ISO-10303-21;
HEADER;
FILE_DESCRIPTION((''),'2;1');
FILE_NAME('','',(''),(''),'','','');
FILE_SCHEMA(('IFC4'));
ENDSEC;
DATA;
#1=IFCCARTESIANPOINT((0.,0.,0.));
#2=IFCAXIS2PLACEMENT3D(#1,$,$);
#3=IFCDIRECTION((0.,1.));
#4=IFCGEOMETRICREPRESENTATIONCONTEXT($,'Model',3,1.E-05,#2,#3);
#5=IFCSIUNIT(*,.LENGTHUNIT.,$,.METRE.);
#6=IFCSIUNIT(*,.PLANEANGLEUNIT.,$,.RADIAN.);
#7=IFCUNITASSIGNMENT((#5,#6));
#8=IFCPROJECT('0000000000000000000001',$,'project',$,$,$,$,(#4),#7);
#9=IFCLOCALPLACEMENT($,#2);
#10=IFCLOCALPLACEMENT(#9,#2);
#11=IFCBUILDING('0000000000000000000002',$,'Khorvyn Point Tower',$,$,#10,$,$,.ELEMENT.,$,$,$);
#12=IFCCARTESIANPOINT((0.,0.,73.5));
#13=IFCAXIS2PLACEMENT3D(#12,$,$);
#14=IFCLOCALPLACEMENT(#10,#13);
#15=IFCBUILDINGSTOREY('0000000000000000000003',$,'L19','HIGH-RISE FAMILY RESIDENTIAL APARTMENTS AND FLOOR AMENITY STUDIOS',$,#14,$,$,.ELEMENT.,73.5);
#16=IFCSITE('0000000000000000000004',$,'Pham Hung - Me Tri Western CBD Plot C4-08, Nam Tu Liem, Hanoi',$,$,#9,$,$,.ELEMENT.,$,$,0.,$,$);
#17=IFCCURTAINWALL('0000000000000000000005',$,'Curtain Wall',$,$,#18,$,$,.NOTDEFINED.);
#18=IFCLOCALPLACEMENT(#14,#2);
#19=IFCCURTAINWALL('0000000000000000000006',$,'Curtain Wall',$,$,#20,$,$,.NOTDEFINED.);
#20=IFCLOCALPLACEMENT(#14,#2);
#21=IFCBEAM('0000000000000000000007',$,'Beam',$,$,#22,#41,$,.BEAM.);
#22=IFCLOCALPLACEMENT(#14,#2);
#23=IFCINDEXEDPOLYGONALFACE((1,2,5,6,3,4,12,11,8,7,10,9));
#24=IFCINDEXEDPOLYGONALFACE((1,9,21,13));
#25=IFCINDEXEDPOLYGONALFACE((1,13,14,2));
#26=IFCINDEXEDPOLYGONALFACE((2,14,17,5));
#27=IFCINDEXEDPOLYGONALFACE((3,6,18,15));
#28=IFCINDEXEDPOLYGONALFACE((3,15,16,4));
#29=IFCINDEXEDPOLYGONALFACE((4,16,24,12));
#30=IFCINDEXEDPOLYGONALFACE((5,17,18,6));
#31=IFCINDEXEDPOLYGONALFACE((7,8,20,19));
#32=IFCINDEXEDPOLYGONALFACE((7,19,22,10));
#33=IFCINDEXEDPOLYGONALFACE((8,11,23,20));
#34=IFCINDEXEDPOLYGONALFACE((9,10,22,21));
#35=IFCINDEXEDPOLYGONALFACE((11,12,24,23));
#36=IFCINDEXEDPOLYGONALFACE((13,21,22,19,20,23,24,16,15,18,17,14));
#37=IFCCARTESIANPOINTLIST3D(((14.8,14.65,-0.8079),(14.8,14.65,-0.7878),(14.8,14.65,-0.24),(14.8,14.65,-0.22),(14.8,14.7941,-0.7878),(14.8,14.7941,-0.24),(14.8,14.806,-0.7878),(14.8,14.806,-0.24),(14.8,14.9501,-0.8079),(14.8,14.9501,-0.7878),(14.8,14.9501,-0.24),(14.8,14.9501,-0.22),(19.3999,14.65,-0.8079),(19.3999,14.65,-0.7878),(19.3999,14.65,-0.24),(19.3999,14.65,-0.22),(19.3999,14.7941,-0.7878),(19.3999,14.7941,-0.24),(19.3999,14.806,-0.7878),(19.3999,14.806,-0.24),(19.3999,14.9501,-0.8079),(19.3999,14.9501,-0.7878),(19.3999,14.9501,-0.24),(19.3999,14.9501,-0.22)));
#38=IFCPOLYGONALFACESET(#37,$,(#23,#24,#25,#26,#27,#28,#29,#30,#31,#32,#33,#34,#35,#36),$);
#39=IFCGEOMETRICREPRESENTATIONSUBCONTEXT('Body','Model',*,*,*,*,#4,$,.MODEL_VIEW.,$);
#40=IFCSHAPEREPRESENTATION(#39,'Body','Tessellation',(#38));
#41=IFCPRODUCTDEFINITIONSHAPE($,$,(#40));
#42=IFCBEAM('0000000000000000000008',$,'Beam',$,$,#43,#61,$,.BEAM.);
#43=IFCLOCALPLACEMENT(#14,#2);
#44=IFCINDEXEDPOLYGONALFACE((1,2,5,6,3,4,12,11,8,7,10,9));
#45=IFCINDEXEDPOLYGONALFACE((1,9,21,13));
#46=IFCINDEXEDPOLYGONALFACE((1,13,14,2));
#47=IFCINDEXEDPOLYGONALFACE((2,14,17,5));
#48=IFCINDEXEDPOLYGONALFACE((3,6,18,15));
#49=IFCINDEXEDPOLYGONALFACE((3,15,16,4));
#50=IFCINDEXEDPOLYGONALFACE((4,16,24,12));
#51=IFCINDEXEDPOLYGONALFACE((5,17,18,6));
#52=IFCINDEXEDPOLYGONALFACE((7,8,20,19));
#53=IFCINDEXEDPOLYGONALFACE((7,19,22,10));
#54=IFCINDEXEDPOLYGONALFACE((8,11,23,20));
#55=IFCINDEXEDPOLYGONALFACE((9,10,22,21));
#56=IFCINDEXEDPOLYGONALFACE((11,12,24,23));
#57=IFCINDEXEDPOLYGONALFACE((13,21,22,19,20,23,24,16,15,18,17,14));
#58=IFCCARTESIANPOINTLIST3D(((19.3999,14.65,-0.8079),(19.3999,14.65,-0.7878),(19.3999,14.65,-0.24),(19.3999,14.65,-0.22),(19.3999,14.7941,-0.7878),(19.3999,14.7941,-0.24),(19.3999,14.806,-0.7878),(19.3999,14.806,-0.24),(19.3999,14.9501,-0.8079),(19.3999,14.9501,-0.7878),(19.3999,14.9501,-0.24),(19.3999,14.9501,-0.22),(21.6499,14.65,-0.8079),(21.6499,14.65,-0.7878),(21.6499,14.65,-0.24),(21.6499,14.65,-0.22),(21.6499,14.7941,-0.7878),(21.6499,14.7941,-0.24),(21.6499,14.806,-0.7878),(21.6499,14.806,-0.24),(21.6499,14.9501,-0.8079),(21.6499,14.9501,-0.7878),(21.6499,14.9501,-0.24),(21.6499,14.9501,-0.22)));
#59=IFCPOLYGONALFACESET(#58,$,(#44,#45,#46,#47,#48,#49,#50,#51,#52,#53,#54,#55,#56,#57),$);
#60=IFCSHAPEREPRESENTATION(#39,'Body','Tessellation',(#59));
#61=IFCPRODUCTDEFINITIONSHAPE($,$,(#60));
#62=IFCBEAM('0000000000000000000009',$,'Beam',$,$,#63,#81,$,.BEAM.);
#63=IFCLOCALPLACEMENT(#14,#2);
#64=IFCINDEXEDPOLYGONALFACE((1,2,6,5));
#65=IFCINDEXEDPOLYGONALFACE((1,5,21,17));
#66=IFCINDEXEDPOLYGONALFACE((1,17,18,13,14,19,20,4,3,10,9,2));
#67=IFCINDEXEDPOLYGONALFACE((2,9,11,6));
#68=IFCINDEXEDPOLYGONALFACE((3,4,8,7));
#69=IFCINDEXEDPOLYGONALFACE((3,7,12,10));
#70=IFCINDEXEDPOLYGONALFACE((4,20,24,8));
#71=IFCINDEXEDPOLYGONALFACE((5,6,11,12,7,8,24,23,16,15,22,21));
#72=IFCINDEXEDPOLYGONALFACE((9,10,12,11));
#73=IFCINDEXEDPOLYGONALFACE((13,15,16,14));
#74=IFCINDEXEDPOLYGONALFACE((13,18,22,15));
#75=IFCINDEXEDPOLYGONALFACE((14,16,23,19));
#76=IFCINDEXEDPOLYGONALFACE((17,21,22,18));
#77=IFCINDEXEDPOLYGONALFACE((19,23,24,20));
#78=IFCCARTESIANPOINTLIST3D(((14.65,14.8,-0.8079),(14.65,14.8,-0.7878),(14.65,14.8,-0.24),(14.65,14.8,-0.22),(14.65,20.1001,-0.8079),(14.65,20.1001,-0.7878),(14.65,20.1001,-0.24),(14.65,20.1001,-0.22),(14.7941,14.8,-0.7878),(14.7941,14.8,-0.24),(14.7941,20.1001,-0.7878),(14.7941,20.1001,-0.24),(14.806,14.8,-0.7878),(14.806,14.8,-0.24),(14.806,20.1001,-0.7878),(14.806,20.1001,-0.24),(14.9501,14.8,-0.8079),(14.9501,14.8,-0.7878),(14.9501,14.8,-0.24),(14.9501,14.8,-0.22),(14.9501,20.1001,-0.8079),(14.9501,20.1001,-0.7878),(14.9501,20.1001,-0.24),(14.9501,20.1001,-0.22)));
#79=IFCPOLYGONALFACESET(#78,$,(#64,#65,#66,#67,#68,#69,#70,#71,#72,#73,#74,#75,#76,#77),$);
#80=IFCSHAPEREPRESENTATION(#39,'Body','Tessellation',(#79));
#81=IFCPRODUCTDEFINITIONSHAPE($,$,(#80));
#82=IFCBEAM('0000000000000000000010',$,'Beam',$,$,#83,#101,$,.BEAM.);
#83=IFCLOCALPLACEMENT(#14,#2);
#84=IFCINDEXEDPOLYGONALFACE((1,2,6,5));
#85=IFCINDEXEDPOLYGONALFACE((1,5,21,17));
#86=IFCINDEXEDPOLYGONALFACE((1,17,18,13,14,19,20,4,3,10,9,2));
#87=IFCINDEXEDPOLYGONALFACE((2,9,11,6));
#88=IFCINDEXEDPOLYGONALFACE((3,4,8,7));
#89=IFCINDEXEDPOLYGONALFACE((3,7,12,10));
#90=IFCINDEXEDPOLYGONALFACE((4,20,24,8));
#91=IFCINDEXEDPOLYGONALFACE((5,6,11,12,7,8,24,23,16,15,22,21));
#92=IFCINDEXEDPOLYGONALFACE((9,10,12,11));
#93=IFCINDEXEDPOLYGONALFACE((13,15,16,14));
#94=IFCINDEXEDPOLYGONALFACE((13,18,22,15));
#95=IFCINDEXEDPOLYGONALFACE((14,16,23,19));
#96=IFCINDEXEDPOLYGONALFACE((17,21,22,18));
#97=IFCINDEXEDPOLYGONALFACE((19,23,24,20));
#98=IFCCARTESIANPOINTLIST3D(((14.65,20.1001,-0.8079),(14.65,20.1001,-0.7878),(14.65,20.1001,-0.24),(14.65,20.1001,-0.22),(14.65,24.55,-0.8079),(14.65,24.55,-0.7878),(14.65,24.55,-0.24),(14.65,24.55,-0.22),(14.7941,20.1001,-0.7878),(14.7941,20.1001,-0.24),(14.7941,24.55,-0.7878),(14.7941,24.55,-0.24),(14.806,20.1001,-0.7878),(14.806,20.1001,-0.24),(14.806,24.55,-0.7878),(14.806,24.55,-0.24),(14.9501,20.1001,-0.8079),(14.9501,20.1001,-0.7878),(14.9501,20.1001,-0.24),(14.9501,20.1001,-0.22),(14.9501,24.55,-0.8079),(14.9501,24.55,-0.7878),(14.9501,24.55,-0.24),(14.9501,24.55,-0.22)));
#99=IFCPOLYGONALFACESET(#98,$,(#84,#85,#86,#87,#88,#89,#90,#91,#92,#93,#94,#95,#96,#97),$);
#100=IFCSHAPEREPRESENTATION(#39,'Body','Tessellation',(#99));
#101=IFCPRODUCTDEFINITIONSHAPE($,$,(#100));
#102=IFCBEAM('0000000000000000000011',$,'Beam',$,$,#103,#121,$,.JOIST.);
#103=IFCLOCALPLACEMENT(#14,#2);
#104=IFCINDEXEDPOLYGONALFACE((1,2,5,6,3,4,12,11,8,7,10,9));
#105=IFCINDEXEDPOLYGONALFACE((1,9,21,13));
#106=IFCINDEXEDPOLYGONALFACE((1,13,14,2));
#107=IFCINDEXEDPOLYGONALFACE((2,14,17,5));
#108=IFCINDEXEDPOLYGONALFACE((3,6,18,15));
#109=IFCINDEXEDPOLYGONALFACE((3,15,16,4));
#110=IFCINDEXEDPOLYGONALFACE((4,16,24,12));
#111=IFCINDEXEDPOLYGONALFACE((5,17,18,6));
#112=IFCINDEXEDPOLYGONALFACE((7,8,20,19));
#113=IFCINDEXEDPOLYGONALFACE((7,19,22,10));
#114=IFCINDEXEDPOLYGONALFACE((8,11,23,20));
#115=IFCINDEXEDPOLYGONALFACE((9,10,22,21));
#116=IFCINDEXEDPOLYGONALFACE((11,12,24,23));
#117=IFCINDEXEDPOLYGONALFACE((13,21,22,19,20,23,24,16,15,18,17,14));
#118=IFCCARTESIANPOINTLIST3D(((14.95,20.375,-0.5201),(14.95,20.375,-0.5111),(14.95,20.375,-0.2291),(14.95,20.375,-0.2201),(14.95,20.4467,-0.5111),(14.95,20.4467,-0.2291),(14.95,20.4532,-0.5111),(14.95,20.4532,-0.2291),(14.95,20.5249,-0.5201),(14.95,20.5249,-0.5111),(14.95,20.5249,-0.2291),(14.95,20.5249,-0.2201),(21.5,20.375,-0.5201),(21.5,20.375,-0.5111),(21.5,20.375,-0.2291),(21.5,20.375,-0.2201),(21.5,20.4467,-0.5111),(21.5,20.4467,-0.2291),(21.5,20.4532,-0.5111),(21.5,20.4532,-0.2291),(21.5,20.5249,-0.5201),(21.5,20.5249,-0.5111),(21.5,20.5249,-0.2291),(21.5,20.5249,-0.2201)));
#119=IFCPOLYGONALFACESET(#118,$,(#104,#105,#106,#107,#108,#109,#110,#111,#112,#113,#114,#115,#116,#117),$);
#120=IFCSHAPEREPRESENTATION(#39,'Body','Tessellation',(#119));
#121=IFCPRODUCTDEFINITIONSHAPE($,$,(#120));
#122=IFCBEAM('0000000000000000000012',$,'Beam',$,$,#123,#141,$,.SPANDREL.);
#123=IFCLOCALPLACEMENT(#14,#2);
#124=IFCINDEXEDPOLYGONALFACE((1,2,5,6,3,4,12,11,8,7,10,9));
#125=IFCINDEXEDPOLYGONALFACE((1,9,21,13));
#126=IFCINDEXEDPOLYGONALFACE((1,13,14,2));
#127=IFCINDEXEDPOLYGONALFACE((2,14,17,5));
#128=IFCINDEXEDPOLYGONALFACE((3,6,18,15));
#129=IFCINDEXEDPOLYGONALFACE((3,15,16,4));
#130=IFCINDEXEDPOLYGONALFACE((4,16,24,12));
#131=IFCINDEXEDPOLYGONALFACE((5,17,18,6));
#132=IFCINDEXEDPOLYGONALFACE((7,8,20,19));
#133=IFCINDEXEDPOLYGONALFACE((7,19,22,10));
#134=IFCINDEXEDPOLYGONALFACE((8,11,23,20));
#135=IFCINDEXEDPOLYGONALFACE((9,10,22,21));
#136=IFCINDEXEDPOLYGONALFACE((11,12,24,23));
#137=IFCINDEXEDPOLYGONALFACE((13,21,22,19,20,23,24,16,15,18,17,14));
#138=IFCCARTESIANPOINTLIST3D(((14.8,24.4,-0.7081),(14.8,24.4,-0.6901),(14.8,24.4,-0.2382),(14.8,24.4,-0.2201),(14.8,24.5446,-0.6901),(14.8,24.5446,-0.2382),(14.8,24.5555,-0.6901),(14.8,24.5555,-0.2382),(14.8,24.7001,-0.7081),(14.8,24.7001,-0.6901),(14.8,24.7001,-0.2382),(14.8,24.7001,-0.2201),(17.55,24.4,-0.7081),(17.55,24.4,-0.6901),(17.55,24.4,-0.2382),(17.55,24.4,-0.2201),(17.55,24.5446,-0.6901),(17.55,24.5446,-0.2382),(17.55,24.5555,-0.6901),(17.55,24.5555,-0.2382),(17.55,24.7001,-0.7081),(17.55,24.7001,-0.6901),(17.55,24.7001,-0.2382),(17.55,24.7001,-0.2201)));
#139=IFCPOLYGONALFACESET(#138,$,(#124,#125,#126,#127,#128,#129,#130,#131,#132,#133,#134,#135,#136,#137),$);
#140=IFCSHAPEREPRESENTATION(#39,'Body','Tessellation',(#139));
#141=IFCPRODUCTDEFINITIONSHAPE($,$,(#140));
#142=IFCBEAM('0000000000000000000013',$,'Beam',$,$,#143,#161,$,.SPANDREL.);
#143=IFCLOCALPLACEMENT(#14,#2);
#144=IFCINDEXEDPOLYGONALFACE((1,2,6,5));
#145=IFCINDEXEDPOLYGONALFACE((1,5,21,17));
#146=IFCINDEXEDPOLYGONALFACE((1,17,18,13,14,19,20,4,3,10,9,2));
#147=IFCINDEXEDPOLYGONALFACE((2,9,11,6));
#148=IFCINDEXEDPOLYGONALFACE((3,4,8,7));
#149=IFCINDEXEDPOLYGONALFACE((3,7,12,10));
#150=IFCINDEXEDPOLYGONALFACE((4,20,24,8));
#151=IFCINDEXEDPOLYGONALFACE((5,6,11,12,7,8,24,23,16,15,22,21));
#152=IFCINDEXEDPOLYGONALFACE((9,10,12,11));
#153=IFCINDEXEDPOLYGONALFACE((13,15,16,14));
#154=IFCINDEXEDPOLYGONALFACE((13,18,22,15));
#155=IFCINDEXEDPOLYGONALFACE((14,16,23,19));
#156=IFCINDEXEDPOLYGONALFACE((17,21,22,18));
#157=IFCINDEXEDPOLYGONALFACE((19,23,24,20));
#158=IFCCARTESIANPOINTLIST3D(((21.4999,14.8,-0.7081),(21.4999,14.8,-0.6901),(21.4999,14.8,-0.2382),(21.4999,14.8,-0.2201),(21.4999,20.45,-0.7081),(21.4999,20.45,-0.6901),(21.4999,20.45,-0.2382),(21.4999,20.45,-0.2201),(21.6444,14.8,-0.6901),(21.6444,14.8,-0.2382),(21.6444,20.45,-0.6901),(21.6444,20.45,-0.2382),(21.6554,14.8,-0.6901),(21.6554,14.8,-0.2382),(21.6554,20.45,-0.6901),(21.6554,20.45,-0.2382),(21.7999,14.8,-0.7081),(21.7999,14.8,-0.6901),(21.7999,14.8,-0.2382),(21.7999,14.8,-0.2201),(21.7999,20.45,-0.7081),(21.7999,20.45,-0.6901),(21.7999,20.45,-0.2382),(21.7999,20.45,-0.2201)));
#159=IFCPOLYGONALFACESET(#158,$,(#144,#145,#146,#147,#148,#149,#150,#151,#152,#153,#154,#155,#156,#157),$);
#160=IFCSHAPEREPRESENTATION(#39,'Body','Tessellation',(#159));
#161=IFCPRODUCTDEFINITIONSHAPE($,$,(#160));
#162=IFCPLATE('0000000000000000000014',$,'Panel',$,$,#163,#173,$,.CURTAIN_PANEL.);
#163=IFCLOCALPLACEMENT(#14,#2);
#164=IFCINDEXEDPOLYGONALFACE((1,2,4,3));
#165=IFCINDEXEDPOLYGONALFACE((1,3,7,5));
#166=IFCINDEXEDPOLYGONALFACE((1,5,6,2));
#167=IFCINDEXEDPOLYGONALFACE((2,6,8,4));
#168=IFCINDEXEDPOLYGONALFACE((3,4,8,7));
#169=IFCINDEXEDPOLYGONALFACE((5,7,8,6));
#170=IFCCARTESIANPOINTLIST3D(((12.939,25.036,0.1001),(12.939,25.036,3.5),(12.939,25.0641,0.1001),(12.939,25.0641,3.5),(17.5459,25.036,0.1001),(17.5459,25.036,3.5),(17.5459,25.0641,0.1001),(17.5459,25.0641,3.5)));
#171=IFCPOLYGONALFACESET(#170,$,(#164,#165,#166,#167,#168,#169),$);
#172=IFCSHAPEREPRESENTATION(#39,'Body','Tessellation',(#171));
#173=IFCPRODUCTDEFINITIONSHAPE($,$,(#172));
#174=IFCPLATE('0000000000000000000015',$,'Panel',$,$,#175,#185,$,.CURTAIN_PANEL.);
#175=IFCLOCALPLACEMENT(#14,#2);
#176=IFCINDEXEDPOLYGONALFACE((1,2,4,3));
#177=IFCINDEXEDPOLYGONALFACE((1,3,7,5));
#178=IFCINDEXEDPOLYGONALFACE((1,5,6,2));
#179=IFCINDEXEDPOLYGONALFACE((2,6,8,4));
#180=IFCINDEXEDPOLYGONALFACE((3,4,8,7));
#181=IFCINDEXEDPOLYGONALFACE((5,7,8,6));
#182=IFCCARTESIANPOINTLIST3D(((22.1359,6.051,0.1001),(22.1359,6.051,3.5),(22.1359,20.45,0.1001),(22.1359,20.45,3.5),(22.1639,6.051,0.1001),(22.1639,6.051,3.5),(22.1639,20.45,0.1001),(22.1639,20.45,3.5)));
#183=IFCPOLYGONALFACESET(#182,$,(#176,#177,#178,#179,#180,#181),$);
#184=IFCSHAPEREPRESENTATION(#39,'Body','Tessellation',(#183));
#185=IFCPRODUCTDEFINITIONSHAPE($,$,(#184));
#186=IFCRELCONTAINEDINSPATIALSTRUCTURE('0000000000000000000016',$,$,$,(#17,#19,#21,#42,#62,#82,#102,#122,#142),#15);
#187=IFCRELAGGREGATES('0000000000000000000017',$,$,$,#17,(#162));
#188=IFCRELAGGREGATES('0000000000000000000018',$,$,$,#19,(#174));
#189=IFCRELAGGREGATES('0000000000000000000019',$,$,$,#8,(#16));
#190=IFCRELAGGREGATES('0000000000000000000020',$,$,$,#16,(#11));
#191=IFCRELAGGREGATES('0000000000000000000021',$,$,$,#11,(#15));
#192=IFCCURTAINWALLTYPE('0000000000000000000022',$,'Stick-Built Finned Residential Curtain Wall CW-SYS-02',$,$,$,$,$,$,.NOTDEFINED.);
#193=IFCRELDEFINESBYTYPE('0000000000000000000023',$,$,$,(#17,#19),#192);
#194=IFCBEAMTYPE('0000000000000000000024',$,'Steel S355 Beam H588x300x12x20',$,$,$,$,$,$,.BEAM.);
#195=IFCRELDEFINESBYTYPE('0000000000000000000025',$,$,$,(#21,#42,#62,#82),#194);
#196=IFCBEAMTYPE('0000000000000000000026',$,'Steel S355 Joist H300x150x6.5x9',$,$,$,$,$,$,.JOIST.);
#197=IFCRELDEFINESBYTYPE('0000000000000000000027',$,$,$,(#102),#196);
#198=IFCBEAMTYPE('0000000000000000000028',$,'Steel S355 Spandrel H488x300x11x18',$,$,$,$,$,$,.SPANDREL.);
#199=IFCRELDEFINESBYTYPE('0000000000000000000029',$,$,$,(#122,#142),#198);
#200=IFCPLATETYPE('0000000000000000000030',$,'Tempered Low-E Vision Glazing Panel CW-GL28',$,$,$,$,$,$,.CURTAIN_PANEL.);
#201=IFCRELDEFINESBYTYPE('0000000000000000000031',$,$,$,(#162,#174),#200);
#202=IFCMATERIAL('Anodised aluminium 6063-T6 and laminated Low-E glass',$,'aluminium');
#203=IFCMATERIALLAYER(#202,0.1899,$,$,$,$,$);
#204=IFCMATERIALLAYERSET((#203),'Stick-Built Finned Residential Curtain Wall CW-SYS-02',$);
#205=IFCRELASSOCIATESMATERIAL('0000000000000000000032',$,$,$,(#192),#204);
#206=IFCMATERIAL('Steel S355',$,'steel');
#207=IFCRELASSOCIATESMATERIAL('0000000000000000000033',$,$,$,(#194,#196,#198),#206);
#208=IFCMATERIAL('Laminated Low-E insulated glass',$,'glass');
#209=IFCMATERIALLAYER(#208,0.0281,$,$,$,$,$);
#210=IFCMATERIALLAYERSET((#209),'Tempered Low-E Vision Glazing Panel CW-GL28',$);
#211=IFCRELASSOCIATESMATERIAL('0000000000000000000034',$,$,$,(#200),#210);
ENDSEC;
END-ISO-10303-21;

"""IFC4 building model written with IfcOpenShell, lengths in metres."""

from ifc_helpers import new_model, si_unit, direction, frame, origin, origin_2d, place, context, subcontext, project, spatial, rectangle, i_section, extrude, material, layer, layer_set, material_profile, profile_set, type_object, element, aggregate, save


model = new_model("IFC4")

# Units and contexts
model_context = context("Model", 3, precision=1e-05, world=origin(), true_north=direction((0.0, 1.0)))
body_context = subcontext(model_context, "Body", "Model", "MODEL_VIEW")
ifc_project = project(units=[si_unit("LENGTHUNIT", "METRE"), si_unit("PLANEANGLEUNIT", "RADIAN")], contexts=[model_context])

# Site, building, storey
site_placement = place(None, origin())
site = spatial("IfcSite", under=ifc_project, at=site_placement, Name="Pham Hung - Me Tri Western CBD Plot C4-08, Nam Tu Liem, Hanoi", CompositionType="ELEMENT", RefElevation=0.0)
building_placement = place(site_placement, origin())
building = spatial("IfcBuilding", under=site, at=building_placement, Name="Khorvyn Point Tower", CompositionType="ELEMENT")
storey_placement = place(building_placement, frame((0.0, 0.0, 73.5)))
storey = spatial("IfcBuildingStorey", under=building, at=storey_placement, Name="L19", Description="HIGH-RISE FAMILY RESIDENTIAL APARTMENTS AND FLOOR AMENITY STUDIOS", CompositionType="ELEMENT", Elevation=73.5)

# Curtain wall
ifc_material_1 = material(Name="Anodised aluminium 6063-T6 and laminated Low-E glass", Category="aluminium")
ifc_layer_1 = layer(ifc_material_1, 0.1899)
ifc_layer_set_1 = layer_set([ifc_layer_1], Name="Stick-Built Finned Residential Curtain Wall CW-SYS-02")
curtain_wall_type = type_object("IfcCurtainWallType", Name="Stick-Built Finned Residential Curtain Wall CW-SYS-02", PredefinedType="NOTDEFINED", material=ifc_layer_set_1)
curtain_wall_1_placement = place(storey_placement, origin())
curtain_wall_1 = element("IfcCurtainWall", 1, at=curtain_wall_1_placement, inside=storey, type_object=curtain_wall_type, Name="Curtain Wall", PredefinedType="NOTDEFINED")

# Curtain wall
curtain_wall_2_placement = place(storey_placement, origin())
curtain_wall_2 = element("IfcCurtainWall", 2, at=curtain_wall_2_placement, inside=storey, type_object=curtain_wall_type, Name="Curtain Wall", PredefinedType="NOTDEFINED")

# Beams
ifc_material_2 = material(Name="Steel S355", Category="steel")
ifc_material_profile_1 = material_profile(ifc_material_2, i_section(OverallWidth=0.3, OverallDepth=0.5879, WebThickness=0.012, FlangeThickness=0.02, at=origin_2d()))
ifc_profile_set_1 = profile_set([ifc_material_profile_1], Name="Steel S355 H588x300x12x20")
beam_type_1 = type_object("IfcBeamType", Name="Steel S355 Beam H588x300x12x20", PredefinedType="BEAM", material=ifc_profile_set_1)
beam_1_placement = place(storey_placement, frame((14.8, 14.8, -0.5139), z_axis=(1.0, 0.0, 0.0), x_axis=(0.0, 1.0, 0.0)))
element("IfcBeam", 3, at=beam_1_placement, inside=storey, type_object=beam_type_1, Name="Beam", PredefinedType="BEAM", context=body_context, shape_type="SweptSolid", body=[
    extrude(i_section(OverallWidth=0.3, OverallDepth=0.5879, WebThickness=0.012, FlangeThickness=0.02, at=origin_2d()), origin(), (0.0, 0.0, 1.0), 4.5999),
])
beam_2_placement = place(storey_placement, frame((19.3999, 14.8, -0.5139), z_axis=(1.0, 0.0, 0.0), x_axis=(0.0, 1.0, 0.0)))
element("IfcBeam", 4, at=beam_2_placement, inside=storey, type_object=beam_type_1, Name="Beam", PredefinedType="BEAM", context=body_context, shape_type="SweptSolid", body=[
    extrude(i_section(OverallWidth=0.3, OverallDepth=0.5879, WebThickness=0.012, FlangeThickness=0.02, at=origin_2d()), origin(), (0.0, 0.0, 1.0), 2.25),
])
beam_3_placement = place(storey_placement, frame((14.8, 14.8, -0.5139), z_axis=(0.0, 1.0, 0.0), x_axis=(-1.0, 0.0, 0.0)))
element("IfcBeam", 5, at=beam_3_placement, inside=storey, type_object=beam_type_1, Name="Beam", PredefinedType="BEAM", context=body_context, shape_type="SweptSolid", body=[
    extrude(i_section(OverallWidth=0.3, OverallDepth=0.5879, WebThickness=0.012, FlangeThickness=0.02, at=origin_2d()), origin(), (0.0, 0.0, 1.0), 5.3),
])
beam_4_placement = place(storey_placement, frame((14.8, 20.1001, -0.5139), z_axis=(0.0, 1.0, 0.0), x_axis=(-1.0, 0.0, 0.0)))
element("IfcBeam", 6, at=beam_4_placement, inside=storey, type_object=beam_type_1, Name="Beam", PredefinedType="BEAM", context=body_context, shape_type="SweptSolid", body=[
    extrude(i_section(OverallWidth=0.3, OverallDepth=0.5879, WebThickness=0.012, FlangeThickness=0.02, at=origin_2d()), origin(), (0.0, 0.0, 1.0), 4.45),
])
ifc_material_profile_2 = material_profile(ifc_material_2, i_section(OverallWidth=0.1499, OverallDepth=0.3, WebThickness=0.0066, FlangeThickness=0.009, at=origin_2d()))
ifc_profile_set_2 = profile_set([ifc_material_profile_2], Name="Steel S355 H300x150x6.5x9")
beam_type_2 = type_object("IfcBeamType", Name="Steel S355 Joist H300x150x6.5x9", PredefinedType="JOIST", material=ifc_profile_set_2)
beam_5_placement = place(storey_placement, frame((14.95, 20.45, -0.3701), z_axis=(1.0, 0.0, 0.0), x_axis=(0.0, 1.0, 0.0)))
element("IfcBeam", 7, at=beam_5_placement, inside=storey, type_object=beam_type_2, Name="Beam", PredefinedType="JOIST", context=body_context, shape_type="SweptSolid", body=[
    extrude(i_section(OverallWidth=0.1499, OverallDepth=0.3, WebThickness=0.0066, FlangeThickness=0.009, at=origin_2d()), origin(), (0.0, 0.0, 1.0), 6.55),
])
ifc_material_profile_3 = material_profile(ifc_material_2, i_section(OverallWidth=0.3, OverallDepth=0.488, WebThickness=0.011, FlangeThickness=0.0181, at=origin_2d()))
ifc_profile_set_3 = profile_set([ifc_material_profile_3], Name="Steel S355 H488x300x11x18")
beam_type_3 = type_object("IfcBeamType", Name="Steel S355 Spandrel H488x300x11x18", PredefinedType="SPANDREL", material=ifc_profile_set_3)
beam_6_placement = place(storey_placement, frame((14.8, 24.55, -0.4641), z_axis=(1.0, 0.0, 0.0), x_axis=(0.0, 1.0, 0.0)))
element("IfcBeam", 8, at=beam_6_placement, inside=storey, type_object=beam_type_3, Name="Beam", PredefinedType="SPANDREL", context=body_context, shape_type="SweptSolid", body=[
    extrude(i_section(OverallWidth=0.3, OverallDepth=0.488, WebThickness=0.011, FlangeThickness=0.0181, at=origin_2d()), origin(), (0.0, 0.0, 1.0), 2.75),
])
beam_7_placement = place(storey_placement, frame((21.6499, 14.8, -0.4641), z_axis=(0.0, 1.0, 0.0), x_axis=(-1.0, 0.0, 0.0)))
element("IfcBeam", 9, at=beam_7_placement, inside=storey, type_object=beam_type_3, Name="Beam", PredefinedType="SPANDREL", context=body_context, shape_type="SweptSolid", body=[
    extrude(i_section(OverallWidth=0.3, OverallDepth=0.488, WebThickness=0.011, FlangeThickness=0.0181, at=origin_2d()), origin(), (0.0, 0.0, 1.0), 5.6499),
])

# Plates
ifc_material_3 = material(Name="Laminated Low-E insulated glass", Category="glass")
ifc_layer_2 = layer(ifc_material_3, 0.0281)
ifc_layer_set_2 = layer_set([ifc_layer_2], Name="Tempered Low-E Vision Glazing Panel CW-GL28")
plate_type = type_object("IfcPlateType", Name="Tempered Low-E Vision Glazing Panel CW-GL28", PredefinedType="CURTAIN_PANEL", material=ifc_layer_set_2)
plate_1_placement = place(storey_placement, frame((15.2424, 25.05, 0.1001), z_axis=(0.0, 0.0, 1.0), x_axis=(1.0, 0.0, 0.0)))
plate_1 = element("IfcPlate", 10, at=plate_1_placement, type_object=plate_type, Name="Panel", PredefinedType="CURTAIN_PANEL", context=body_context, shape_type="SweptSolid", body=[
    extrude(rectangle(XDim=4.6069, YDim=0.0281, at=origin_2d()), origin(), (0.0, 0.0, 1.0), 3.3999),
])
aggregate(curtain_wall_1, [plate_1])
plate_2_placement = place(storey_placement, frame((22.1499, 13.2505, 0.1001), z_axis=(0.0, 0.0, 1.0), x_axis=(0.0, -1.0, 0.0)))
plate_2 = element("IfcPlate", 11, at=plate_2_placement, type_object=plate_type, Name="Panel", PredefinedType="CURTAIN_PANEL", context=body_context, shape_type="SweptSolid", body=[
    extrude(rectangle(XDim=14.3989, YDim=0.0281, at=origin_2d()), origin(), (0.0, 0.0, 1.0), 3.3999),
])
aggregate(curtain_wall_2, [plate_2])

save(model, "model.ifc")
